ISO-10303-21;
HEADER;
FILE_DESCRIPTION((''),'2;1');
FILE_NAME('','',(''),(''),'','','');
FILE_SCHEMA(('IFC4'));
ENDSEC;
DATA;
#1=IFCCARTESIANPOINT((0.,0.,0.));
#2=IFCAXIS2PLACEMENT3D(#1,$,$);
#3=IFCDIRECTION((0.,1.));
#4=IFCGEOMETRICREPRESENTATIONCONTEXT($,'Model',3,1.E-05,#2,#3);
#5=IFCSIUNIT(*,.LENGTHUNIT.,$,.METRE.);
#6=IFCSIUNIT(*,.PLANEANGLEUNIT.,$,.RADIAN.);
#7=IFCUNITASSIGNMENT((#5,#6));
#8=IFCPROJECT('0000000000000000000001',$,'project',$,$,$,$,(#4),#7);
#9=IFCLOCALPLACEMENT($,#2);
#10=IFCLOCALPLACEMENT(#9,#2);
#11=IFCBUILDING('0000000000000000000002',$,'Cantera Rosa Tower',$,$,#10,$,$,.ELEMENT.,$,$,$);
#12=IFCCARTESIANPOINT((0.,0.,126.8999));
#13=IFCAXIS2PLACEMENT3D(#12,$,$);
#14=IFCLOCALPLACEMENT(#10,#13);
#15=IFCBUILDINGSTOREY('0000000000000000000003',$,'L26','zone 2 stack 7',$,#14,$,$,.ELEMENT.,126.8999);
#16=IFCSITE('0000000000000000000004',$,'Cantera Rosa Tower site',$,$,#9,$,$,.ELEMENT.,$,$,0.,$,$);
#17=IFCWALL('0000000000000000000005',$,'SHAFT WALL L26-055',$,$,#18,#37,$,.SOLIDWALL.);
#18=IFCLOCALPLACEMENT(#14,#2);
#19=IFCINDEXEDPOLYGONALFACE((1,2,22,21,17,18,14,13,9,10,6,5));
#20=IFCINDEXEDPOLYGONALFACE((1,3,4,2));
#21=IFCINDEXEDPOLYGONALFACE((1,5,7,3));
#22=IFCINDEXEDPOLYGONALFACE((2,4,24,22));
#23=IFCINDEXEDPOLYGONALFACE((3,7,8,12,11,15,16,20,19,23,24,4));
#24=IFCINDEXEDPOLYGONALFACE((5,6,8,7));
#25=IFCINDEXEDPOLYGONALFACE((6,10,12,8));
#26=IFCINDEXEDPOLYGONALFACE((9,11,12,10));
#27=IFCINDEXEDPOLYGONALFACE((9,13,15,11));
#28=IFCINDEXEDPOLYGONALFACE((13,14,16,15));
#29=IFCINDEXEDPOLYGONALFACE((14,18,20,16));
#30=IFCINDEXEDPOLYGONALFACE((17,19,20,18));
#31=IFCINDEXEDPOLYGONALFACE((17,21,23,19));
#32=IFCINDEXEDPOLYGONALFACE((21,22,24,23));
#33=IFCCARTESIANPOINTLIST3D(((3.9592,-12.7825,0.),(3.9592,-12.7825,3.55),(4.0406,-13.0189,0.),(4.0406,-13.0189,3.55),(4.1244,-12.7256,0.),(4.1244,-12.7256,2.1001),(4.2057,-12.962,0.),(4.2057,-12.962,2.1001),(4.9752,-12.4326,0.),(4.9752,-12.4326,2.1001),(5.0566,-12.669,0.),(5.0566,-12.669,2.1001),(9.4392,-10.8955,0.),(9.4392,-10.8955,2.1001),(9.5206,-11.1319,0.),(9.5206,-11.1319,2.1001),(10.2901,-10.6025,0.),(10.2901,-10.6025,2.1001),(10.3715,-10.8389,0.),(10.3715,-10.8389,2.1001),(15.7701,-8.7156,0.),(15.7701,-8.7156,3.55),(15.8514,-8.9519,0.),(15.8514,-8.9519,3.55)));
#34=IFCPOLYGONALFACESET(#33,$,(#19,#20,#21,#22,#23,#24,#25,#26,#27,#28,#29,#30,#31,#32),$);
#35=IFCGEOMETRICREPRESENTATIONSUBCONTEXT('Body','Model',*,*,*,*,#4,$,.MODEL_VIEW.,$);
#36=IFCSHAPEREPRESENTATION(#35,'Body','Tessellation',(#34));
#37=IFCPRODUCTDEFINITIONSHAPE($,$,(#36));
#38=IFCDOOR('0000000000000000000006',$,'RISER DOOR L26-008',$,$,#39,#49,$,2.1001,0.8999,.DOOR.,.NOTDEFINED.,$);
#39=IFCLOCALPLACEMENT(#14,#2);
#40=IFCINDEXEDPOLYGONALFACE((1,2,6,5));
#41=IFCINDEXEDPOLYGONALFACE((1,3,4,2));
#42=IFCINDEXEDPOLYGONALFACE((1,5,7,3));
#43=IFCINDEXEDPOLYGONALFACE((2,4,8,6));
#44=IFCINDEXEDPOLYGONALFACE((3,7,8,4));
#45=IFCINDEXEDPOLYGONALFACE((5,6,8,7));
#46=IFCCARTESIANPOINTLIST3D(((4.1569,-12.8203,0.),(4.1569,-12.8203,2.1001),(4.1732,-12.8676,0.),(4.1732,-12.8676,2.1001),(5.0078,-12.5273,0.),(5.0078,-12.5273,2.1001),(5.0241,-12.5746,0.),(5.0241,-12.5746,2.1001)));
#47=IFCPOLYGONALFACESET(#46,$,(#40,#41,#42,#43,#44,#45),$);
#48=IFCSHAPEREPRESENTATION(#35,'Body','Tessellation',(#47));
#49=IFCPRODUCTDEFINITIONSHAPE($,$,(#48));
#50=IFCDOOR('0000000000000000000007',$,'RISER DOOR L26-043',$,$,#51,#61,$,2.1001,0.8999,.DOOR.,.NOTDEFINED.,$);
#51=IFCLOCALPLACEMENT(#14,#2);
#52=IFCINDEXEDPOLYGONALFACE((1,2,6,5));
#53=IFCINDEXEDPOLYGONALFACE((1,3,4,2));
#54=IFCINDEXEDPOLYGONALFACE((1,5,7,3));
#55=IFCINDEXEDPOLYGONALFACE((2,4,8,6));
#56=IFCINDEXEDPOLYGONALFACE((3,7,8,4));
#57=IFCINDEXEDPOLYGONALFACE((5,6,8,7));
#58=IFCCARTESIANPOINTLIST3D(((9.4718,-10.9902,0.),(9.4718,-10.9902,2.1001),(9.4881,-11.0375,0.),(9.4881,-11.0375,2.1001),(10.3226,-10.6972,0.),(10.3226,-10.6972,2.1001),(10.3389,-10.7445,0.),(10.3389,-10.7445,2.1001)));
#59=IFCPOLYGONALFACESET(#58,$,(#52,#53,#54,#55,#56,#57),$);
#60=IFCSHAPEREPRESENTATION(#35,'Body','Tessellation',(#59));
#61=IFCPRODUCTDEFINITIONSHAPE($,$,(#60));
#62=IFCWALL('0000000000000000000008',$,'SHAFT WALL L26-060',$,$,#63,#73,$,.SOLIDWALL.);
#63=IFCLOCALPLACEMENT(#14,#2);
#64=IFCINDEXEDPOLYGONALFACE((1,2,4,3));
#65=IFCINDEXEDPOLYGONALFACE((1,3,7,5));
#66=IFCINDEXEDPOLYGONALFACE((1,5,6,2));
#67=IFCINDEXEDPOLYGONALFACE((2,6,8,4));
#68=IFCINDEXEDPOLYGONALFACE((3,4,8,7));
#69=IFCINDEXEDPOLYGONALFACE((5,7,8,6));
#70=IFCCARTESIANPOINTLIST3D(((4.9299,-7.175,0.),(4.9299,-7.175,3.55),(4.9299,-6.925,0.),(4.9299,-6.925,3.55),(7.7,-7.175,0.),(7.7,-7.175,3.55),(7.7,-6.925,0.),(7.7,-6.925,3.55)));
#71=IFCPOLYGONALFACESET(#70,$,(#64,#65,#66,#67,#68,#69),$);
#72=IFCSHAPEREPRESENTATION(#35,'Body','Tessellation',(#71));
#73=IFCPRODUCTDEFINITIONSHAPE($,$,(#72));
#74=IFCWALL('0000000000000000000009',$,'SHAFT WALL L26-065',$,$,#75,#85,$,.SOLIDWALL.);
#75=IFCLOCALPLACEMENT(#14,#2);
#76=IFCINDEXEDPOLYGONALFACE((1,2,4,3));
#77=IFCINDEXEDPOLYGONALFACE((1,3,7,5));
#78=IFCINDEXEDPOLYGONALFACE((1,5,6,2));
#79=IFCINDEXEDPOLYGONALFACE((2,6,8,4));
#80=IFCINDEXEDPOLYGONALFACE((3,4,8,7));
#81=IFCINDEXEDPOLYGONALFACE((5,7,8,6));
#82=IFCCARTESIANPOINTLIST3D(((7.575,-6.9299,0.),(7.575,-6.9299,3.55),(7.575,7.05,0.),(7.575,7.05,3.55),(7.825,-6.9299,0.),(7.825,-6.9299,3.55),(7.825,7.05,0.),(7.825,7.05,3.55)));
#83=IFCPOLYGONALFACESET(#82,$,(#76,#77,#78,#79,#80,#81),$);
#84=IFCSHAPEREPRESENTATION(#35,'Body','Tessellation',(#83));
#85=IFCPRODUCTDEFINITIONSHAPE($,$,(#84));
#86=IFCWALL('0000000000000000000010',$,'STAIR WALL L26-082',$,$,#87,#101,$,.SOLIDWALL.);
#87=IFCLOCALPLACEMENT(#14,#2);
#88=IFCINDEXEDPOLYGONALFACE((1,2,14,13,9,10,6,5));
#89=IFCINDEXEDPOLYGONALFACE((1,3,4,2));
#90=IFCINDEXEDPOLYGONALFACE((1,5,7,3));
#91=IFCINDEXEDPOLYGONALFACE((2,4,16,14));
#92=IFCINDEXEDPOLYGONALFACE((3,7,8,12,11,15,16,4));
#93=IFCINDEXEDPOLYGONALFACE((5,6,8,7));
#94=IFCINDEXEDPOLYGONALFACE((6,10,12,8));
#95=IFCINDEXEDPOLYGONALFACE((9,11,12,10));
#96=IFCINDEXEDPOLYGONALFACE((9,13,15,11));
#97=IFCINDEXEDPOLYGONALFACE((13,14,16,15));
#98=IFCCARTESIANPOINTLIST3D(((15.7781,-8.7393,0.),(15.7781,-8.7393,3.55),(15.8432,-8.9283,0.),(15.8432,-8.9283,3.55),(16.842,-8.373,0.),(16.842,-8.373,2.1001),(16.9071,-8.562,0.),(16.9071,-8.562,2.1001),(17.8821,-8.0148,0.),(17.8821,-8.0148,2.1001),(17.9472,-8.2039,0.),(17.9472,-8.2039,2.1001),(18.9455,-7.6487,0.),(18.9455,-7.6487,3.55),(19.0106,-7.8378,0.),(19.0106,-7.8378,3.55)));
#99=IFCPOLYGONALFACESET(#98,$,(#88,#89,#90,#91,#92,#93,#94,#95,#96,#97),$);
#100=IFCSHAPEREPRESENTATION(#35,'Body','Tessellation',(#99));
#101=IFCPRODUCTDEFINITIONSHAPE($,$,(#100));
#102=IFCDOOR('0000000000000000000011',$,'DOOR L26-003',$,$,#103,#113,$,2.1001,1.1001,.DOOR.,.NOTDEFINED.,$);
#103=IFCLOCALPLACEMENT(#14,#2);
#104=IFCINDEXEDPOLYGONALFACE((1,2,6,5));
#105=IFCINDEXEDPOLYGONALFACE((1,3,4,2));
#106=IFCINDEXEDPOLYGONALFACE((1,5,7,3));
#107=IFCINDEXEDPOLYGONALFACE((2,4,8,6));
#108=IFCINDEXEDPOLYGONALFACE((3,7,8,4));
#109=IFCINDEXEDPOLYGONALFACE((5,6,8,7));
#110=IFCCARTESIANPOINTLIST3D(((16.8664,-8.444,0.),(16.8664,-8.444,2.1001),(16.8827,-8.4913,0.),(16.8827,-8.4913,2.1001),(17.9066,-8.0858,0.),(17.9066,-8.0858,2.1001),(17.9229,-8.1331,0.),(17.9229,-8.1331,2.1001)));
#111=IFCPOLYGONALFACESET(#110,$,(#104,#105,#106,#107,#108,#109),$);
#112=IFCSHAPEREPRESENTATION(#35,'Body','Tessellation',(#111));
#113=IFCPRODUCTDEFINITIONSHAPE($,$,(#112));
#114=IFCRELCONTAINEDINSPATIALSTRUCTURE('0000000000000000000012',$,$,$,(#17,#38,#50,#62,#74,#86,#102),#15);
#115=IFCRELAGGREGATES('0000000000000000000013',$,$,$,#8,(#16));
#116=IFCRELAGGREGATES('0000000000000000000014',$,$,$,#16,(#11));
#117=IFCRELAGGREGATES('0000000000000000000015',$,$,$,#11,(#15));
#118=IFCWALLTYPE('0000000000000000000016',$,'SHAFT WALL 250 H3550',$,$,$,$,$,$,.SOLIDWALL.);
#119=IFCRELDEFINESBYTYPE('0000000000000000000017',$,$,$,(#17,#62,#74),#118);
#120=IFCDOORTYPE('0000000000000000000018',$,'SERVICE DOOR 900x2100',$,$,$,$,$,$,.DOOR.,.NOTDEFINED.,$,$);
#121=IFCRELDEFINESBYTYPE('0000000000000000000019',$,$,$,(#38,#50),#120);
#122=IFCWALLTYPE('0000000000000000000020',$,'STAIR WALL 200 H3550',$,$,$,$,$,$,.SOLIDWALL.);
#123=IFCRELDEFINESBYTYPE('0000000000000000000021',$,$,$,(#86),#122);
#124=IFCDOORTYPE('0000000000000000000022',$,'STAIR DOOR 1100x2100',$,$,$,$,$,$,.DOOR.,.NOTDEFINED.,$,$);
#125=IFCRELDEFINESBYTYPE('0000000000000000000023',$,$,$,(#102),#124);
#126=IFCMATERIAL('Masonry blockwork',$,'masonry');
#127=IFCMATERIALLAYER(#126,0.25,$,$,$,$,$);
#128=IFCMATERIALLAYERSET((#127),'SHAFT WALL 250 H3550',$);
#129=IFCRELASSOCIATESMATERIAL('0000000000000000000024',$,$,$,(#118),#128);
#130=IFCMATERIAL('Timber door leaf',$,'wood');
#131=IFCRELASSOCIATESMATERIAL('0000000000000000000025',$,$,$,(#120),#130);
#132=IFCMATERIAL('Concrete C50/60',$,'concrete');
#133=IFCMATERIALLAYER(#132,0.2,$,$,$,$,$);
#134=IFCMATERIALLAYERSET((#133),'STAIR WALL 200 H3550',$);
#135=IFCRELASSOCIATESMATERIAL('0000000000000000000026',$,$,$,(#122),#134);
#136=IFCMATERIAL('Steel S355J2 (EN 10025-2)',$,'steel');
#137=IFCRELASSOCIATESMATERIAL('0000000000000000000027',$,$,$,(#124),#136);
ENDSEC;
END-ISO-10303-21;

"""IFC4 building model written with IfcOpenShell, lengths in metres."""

from ifc_helpers import new_model, si_unit, direction, frame, frame_2d, origin, place, context, subcontext, project, spatial, rectangle, extrude, material, layer, layer_set, type_object, element, fill, save


model = new_model("IFC4")

# Units and contexts
model_context = context("Model", 3, precision=1e-05, world=origin(), true_north=direction((0.0, 1.0)))
body_context = subcontext(model_context, "Body", "Model", "MODEL_VIEW")
ifc_project = project(units=[si_unit("LENGTHUNIT", "METRE"), si_unit("PLANEANGLEUNIT", "RADIAN")], contexts=[model_context])

# Site, building, storey
site_placement = place(None, origin())
site = spatial("IfcSite", under=ifc_project, at=site_placement, Name="Cantera Rosa Tower site", CompositionType="ELEMENT", RefElevation=0.0)
building_placement = place(site_placement, origin())
building = spatial("IfcBuilding", under=site, at=building_placement, Name="Cantera Rosa Tower", CompositionType="ELEMENT")
storey_placement = place(building_placement, frame((0.0, 0.0, 126.8999)))
storey = spatial("IfcBuildingStorey", under=building, at=storey_placement, Name="L26", Description="zone 2 stack 7", CompositionType="ELEMENT", Elevation=126.8999)

# Wall, openings, doors
ifc_material_1 = material(Name="Masonry blockwork", Category="masonry")
ifc_layer_1 = layer(ifc_material_1, 0.25)
ifc_layer_set_1 = layer_set([ifc_layer_1], Name="SHAFT WALL 250 H3550")
wall_type_1 = type_object("IfcWallType", Name="SHAFT WALL 250 H3550", PredefinedType="SOLIDWALL", material=ifc_layer_set_1)
wall_1_placement = place(storey_placement, frame((4.0, -12.9006, 0.0), z_axis=(0.0, 0.0, 1.0), x_axis=(0.945516, 0.325576, 0.0)))
wall_1 = element("IfcWall", 1, at=wall_1_placement, inside=storey, type_object=wall_type_1, Name="SHAFT WALL L26-055", PredefinedType="SOLIDWALL", context=body_context, shape_type="SweptSolid", body=[
    extrude(rectangle(XDim=12.4915, YDim=0.25, at=frame_2d((6.2456, 0.0))), origin(), (0.0, 0.0, 1.0), 3.55),
])
opening_1_placement = place(wall_1_placement, frame((0.1746, 0.0, 0.0)))
opening_1 = element("IfcOpeningElement", 2, at=opening_1_placement, cuts=wall_1, PredefinedType="OPENING", context=body_context, shape_type="SweptSolid", body=[
    extrude(rectangle(XDim=0.8999, YDim=2.1001, at=frame_2d((0.45, 1.05))), frame((0.0, 0.135, 0.0), z_axis=(0.0, -1.0, 0.0), x_axis=(1.0, 0.0, 0.0)), (0.0, 0.0, 1.0), 0.27),
])
opening_2_placement = place(wall_1_placement, frame((5.7957, 0.0, 0.0)))
opening_2 = element("IfcOpeningElement", 3, at=opening_2_placement, cuts=wall_1, PredefinedType="OPENING", context=body_context, shape_type="SweptSolid", body=[
    extrude(rectangle(XDim=0.8999, YDim=2.1001, at=frame_2d((0.45, 1.05))), frame((0.0, 0.135, 0.0), z_axis=(0.0, -1.0, 0.0), x_axis=(1.0, 0.0, 0.0)), (0.0, 0.0, 1.0), 0.27),
])
ifc_material_2 = material(Name="Timber door leaf", Category="wood")
door_type_1 = type_object("IfcDoorType", Name="SERVICE DOOR 900x2100", OperationType="NOTDEFINED", PredefinedType="DOOR", material=ifc_material_2)
door_1_placement = place(opening_1_placement, origin())
door_1 = element("IfcDoor", 4, at=door_1_placement, inside=storey, type_object=door_type_1, Name="RISER DOOR L26-008", OperationType="NOTDEFINED", OverallHeight=2.1001, OverallWidth=0.8999, PredefinedType="DOOR", context=body_context, shape_type="SweptSolid", body=[
    extrude(rectangle(XDim=0.8999, YDim=2.1001, at=frame_2d((0.45, 1.05))), frame((0.0, 0.0249, 0.0), z_axis=(0.0, -1.0, 0.0), x_axis=(1.0, 0.0, 0.0)), (0.0, 0.0, 1.0), 0.05),
])
fill(opening_1, door_1)
door_2_placement = place(opening_2_placement, origin())
door_2 = element("IfcDoor", 5, at=door_2_placement, inside=storey, type_object=door_type_1, Name="RISER DOOR L26-043", OperationType="NOTDEFINED", OverallHeight=2.1001, OverallWidth=0.8999, PredefinedType="DOOR", context=body_context, shape_type="SweptSolid", body=[
    extrude(rectangle(XDim=0.8999, YDim=2.1001, at=frame_2d((0.45, 1.05))), frame((0.0, 0.0249, 0.0), z_axis=(0.0, -1.0, 0.0), x_axis=(1.0, 0.0, 0.0)), (0.0, 0.0, 1.0), 0.05),
])
fill(opening_2, door_2)

# Walls
wall_2_placement = place(storey_placement, frame((4.9299, -7.05, 0.0), z_axis=(0.0, 0.0, 1.0), x_axis=(1.0, 0.0, 0.0)))
element("IfcWall", 6, at=wall_2_placement, inside=storey, type_object=wall_type_1, Name="SHAFT WALL L26-060", PredefinedType="SOLIDWALL", context=body_context, shape_type="SweptSolid", body=[
    extrude(rectangle(XDim=2.77, YDim=0.25, at=frame_2d((1.385, 0.0))), origin(), (0.0, 0.0, 1.0), 3.55),
])
wall_3_placement = place(storey_placement, frame((7.7, -6.9299, 0.0), z_axis=(0.0, 0.0, 1.0), x_axis=(0.0, 1.0, 0.0)))
element("IfcWall", 7, at=wall_3_placement, inside=storey, type_object=wall_type_1, Name="SHAFT WALL L26-065", PredefinedType="SOLIDWALL", context=body_context, shape_type="SweptSolid", body=[
    extrude(rectangle(XDim=13.98, YDim=0.25, at=frame_2d((6.99, 0.0))), origin(), (0.0, 0.0, 1.0), 3.55),
])

# Wall, opening, door
ifc_material_3 = material(Name="Concrete C50/60", Category="concrete")
ifc_layer_2 = layer(ifc_material_3, 0.2)
ifc_layer_set_2 = layer_set([ifc_layer_2], Name="STAIR WALL 200 H3550")
wall_type_2 = type_object("IfcWallType", Name="STAIR WALL 200 H3550", PredefinedType="SOLIDWALL", material=ifc_layer_set_2)
wall_4_placement = place(storey_placement, frame((15.8108, -8.8337, 0.0), z_axis=(0.0, 0.0, 1.0), x_axis=(0.945525, 0.325548, 0.0)))
wall_4 = element("IfcWall", 8, at=wall_4_placement, inside=storey, type_object=wall_type_2, Name="STAIR WALL L26-082", PredefinedType="SOLIDWALL", context=body_context, shape_type="SweptSolid", body=[
    extrude(rectangle(XDim=3.3499, YDim=0.2, at=frame_2d((1.6748, 0.0))), origin(), (0.0, 0.0, 1.0), 3.55),
])
opening_3_placement = place(wall_4_placement, frame((1.125, 0.0, 0.0)))
opening_3 = element("IfcOpeningElement", 9, at=opening_3_placement, cuts=wall_4, PredefinedType="OPENING", context=body_context, shape_type="SweptSolid", body=[
    extrude(rectangle(XDim=1.1001, YDim=2.1001, at=frame_2d((0.55, 1.05))), frame((0.0, 0.1099, 0.0), z_axis=(0.0, -1.0, 0.0), x_axis=(1.0, 0.0, 0.0)), (0.0, 0.0, 1.0), 0.22),
])
ifc_material_4 = material(Name="Steel S355J2 (EN 10025-2)", Category="steel")
door_type_2 = type_object("IfcDoorType", Name="STAIR DOOR 1100x2100", OperationType="NOTDEFINED", PredefinedType="DOOR", material=ifc_material_4)
door_3_placement = place(opening_3_placement, origin())
door_3 = element("IfcDoor", 10, at=door_3_placement, inside=storey, type_object=door_type_2, Name="DOOR L26-003", OperationType="NOTDEFINED", OverallHeight=2.1001, OverallWidth=1.1001, PredefinedType="DOOR", context=body_context, shape_type="SweptSolid", body=[
    extrude(rectangle(XDim=1.1001, YDim=2.1001, at=frame_2d((0.55, 1.05))), frame((0.0, 0.0249, 0.0), z_axis=(0.0, -1.0, 0.0), x_axis=(1.0, 0.0, 0.0)), (0.0, 0.0, 1.0), 0.05),
])
fill(opening_3, door_3)

save(model, "model.ifc")
